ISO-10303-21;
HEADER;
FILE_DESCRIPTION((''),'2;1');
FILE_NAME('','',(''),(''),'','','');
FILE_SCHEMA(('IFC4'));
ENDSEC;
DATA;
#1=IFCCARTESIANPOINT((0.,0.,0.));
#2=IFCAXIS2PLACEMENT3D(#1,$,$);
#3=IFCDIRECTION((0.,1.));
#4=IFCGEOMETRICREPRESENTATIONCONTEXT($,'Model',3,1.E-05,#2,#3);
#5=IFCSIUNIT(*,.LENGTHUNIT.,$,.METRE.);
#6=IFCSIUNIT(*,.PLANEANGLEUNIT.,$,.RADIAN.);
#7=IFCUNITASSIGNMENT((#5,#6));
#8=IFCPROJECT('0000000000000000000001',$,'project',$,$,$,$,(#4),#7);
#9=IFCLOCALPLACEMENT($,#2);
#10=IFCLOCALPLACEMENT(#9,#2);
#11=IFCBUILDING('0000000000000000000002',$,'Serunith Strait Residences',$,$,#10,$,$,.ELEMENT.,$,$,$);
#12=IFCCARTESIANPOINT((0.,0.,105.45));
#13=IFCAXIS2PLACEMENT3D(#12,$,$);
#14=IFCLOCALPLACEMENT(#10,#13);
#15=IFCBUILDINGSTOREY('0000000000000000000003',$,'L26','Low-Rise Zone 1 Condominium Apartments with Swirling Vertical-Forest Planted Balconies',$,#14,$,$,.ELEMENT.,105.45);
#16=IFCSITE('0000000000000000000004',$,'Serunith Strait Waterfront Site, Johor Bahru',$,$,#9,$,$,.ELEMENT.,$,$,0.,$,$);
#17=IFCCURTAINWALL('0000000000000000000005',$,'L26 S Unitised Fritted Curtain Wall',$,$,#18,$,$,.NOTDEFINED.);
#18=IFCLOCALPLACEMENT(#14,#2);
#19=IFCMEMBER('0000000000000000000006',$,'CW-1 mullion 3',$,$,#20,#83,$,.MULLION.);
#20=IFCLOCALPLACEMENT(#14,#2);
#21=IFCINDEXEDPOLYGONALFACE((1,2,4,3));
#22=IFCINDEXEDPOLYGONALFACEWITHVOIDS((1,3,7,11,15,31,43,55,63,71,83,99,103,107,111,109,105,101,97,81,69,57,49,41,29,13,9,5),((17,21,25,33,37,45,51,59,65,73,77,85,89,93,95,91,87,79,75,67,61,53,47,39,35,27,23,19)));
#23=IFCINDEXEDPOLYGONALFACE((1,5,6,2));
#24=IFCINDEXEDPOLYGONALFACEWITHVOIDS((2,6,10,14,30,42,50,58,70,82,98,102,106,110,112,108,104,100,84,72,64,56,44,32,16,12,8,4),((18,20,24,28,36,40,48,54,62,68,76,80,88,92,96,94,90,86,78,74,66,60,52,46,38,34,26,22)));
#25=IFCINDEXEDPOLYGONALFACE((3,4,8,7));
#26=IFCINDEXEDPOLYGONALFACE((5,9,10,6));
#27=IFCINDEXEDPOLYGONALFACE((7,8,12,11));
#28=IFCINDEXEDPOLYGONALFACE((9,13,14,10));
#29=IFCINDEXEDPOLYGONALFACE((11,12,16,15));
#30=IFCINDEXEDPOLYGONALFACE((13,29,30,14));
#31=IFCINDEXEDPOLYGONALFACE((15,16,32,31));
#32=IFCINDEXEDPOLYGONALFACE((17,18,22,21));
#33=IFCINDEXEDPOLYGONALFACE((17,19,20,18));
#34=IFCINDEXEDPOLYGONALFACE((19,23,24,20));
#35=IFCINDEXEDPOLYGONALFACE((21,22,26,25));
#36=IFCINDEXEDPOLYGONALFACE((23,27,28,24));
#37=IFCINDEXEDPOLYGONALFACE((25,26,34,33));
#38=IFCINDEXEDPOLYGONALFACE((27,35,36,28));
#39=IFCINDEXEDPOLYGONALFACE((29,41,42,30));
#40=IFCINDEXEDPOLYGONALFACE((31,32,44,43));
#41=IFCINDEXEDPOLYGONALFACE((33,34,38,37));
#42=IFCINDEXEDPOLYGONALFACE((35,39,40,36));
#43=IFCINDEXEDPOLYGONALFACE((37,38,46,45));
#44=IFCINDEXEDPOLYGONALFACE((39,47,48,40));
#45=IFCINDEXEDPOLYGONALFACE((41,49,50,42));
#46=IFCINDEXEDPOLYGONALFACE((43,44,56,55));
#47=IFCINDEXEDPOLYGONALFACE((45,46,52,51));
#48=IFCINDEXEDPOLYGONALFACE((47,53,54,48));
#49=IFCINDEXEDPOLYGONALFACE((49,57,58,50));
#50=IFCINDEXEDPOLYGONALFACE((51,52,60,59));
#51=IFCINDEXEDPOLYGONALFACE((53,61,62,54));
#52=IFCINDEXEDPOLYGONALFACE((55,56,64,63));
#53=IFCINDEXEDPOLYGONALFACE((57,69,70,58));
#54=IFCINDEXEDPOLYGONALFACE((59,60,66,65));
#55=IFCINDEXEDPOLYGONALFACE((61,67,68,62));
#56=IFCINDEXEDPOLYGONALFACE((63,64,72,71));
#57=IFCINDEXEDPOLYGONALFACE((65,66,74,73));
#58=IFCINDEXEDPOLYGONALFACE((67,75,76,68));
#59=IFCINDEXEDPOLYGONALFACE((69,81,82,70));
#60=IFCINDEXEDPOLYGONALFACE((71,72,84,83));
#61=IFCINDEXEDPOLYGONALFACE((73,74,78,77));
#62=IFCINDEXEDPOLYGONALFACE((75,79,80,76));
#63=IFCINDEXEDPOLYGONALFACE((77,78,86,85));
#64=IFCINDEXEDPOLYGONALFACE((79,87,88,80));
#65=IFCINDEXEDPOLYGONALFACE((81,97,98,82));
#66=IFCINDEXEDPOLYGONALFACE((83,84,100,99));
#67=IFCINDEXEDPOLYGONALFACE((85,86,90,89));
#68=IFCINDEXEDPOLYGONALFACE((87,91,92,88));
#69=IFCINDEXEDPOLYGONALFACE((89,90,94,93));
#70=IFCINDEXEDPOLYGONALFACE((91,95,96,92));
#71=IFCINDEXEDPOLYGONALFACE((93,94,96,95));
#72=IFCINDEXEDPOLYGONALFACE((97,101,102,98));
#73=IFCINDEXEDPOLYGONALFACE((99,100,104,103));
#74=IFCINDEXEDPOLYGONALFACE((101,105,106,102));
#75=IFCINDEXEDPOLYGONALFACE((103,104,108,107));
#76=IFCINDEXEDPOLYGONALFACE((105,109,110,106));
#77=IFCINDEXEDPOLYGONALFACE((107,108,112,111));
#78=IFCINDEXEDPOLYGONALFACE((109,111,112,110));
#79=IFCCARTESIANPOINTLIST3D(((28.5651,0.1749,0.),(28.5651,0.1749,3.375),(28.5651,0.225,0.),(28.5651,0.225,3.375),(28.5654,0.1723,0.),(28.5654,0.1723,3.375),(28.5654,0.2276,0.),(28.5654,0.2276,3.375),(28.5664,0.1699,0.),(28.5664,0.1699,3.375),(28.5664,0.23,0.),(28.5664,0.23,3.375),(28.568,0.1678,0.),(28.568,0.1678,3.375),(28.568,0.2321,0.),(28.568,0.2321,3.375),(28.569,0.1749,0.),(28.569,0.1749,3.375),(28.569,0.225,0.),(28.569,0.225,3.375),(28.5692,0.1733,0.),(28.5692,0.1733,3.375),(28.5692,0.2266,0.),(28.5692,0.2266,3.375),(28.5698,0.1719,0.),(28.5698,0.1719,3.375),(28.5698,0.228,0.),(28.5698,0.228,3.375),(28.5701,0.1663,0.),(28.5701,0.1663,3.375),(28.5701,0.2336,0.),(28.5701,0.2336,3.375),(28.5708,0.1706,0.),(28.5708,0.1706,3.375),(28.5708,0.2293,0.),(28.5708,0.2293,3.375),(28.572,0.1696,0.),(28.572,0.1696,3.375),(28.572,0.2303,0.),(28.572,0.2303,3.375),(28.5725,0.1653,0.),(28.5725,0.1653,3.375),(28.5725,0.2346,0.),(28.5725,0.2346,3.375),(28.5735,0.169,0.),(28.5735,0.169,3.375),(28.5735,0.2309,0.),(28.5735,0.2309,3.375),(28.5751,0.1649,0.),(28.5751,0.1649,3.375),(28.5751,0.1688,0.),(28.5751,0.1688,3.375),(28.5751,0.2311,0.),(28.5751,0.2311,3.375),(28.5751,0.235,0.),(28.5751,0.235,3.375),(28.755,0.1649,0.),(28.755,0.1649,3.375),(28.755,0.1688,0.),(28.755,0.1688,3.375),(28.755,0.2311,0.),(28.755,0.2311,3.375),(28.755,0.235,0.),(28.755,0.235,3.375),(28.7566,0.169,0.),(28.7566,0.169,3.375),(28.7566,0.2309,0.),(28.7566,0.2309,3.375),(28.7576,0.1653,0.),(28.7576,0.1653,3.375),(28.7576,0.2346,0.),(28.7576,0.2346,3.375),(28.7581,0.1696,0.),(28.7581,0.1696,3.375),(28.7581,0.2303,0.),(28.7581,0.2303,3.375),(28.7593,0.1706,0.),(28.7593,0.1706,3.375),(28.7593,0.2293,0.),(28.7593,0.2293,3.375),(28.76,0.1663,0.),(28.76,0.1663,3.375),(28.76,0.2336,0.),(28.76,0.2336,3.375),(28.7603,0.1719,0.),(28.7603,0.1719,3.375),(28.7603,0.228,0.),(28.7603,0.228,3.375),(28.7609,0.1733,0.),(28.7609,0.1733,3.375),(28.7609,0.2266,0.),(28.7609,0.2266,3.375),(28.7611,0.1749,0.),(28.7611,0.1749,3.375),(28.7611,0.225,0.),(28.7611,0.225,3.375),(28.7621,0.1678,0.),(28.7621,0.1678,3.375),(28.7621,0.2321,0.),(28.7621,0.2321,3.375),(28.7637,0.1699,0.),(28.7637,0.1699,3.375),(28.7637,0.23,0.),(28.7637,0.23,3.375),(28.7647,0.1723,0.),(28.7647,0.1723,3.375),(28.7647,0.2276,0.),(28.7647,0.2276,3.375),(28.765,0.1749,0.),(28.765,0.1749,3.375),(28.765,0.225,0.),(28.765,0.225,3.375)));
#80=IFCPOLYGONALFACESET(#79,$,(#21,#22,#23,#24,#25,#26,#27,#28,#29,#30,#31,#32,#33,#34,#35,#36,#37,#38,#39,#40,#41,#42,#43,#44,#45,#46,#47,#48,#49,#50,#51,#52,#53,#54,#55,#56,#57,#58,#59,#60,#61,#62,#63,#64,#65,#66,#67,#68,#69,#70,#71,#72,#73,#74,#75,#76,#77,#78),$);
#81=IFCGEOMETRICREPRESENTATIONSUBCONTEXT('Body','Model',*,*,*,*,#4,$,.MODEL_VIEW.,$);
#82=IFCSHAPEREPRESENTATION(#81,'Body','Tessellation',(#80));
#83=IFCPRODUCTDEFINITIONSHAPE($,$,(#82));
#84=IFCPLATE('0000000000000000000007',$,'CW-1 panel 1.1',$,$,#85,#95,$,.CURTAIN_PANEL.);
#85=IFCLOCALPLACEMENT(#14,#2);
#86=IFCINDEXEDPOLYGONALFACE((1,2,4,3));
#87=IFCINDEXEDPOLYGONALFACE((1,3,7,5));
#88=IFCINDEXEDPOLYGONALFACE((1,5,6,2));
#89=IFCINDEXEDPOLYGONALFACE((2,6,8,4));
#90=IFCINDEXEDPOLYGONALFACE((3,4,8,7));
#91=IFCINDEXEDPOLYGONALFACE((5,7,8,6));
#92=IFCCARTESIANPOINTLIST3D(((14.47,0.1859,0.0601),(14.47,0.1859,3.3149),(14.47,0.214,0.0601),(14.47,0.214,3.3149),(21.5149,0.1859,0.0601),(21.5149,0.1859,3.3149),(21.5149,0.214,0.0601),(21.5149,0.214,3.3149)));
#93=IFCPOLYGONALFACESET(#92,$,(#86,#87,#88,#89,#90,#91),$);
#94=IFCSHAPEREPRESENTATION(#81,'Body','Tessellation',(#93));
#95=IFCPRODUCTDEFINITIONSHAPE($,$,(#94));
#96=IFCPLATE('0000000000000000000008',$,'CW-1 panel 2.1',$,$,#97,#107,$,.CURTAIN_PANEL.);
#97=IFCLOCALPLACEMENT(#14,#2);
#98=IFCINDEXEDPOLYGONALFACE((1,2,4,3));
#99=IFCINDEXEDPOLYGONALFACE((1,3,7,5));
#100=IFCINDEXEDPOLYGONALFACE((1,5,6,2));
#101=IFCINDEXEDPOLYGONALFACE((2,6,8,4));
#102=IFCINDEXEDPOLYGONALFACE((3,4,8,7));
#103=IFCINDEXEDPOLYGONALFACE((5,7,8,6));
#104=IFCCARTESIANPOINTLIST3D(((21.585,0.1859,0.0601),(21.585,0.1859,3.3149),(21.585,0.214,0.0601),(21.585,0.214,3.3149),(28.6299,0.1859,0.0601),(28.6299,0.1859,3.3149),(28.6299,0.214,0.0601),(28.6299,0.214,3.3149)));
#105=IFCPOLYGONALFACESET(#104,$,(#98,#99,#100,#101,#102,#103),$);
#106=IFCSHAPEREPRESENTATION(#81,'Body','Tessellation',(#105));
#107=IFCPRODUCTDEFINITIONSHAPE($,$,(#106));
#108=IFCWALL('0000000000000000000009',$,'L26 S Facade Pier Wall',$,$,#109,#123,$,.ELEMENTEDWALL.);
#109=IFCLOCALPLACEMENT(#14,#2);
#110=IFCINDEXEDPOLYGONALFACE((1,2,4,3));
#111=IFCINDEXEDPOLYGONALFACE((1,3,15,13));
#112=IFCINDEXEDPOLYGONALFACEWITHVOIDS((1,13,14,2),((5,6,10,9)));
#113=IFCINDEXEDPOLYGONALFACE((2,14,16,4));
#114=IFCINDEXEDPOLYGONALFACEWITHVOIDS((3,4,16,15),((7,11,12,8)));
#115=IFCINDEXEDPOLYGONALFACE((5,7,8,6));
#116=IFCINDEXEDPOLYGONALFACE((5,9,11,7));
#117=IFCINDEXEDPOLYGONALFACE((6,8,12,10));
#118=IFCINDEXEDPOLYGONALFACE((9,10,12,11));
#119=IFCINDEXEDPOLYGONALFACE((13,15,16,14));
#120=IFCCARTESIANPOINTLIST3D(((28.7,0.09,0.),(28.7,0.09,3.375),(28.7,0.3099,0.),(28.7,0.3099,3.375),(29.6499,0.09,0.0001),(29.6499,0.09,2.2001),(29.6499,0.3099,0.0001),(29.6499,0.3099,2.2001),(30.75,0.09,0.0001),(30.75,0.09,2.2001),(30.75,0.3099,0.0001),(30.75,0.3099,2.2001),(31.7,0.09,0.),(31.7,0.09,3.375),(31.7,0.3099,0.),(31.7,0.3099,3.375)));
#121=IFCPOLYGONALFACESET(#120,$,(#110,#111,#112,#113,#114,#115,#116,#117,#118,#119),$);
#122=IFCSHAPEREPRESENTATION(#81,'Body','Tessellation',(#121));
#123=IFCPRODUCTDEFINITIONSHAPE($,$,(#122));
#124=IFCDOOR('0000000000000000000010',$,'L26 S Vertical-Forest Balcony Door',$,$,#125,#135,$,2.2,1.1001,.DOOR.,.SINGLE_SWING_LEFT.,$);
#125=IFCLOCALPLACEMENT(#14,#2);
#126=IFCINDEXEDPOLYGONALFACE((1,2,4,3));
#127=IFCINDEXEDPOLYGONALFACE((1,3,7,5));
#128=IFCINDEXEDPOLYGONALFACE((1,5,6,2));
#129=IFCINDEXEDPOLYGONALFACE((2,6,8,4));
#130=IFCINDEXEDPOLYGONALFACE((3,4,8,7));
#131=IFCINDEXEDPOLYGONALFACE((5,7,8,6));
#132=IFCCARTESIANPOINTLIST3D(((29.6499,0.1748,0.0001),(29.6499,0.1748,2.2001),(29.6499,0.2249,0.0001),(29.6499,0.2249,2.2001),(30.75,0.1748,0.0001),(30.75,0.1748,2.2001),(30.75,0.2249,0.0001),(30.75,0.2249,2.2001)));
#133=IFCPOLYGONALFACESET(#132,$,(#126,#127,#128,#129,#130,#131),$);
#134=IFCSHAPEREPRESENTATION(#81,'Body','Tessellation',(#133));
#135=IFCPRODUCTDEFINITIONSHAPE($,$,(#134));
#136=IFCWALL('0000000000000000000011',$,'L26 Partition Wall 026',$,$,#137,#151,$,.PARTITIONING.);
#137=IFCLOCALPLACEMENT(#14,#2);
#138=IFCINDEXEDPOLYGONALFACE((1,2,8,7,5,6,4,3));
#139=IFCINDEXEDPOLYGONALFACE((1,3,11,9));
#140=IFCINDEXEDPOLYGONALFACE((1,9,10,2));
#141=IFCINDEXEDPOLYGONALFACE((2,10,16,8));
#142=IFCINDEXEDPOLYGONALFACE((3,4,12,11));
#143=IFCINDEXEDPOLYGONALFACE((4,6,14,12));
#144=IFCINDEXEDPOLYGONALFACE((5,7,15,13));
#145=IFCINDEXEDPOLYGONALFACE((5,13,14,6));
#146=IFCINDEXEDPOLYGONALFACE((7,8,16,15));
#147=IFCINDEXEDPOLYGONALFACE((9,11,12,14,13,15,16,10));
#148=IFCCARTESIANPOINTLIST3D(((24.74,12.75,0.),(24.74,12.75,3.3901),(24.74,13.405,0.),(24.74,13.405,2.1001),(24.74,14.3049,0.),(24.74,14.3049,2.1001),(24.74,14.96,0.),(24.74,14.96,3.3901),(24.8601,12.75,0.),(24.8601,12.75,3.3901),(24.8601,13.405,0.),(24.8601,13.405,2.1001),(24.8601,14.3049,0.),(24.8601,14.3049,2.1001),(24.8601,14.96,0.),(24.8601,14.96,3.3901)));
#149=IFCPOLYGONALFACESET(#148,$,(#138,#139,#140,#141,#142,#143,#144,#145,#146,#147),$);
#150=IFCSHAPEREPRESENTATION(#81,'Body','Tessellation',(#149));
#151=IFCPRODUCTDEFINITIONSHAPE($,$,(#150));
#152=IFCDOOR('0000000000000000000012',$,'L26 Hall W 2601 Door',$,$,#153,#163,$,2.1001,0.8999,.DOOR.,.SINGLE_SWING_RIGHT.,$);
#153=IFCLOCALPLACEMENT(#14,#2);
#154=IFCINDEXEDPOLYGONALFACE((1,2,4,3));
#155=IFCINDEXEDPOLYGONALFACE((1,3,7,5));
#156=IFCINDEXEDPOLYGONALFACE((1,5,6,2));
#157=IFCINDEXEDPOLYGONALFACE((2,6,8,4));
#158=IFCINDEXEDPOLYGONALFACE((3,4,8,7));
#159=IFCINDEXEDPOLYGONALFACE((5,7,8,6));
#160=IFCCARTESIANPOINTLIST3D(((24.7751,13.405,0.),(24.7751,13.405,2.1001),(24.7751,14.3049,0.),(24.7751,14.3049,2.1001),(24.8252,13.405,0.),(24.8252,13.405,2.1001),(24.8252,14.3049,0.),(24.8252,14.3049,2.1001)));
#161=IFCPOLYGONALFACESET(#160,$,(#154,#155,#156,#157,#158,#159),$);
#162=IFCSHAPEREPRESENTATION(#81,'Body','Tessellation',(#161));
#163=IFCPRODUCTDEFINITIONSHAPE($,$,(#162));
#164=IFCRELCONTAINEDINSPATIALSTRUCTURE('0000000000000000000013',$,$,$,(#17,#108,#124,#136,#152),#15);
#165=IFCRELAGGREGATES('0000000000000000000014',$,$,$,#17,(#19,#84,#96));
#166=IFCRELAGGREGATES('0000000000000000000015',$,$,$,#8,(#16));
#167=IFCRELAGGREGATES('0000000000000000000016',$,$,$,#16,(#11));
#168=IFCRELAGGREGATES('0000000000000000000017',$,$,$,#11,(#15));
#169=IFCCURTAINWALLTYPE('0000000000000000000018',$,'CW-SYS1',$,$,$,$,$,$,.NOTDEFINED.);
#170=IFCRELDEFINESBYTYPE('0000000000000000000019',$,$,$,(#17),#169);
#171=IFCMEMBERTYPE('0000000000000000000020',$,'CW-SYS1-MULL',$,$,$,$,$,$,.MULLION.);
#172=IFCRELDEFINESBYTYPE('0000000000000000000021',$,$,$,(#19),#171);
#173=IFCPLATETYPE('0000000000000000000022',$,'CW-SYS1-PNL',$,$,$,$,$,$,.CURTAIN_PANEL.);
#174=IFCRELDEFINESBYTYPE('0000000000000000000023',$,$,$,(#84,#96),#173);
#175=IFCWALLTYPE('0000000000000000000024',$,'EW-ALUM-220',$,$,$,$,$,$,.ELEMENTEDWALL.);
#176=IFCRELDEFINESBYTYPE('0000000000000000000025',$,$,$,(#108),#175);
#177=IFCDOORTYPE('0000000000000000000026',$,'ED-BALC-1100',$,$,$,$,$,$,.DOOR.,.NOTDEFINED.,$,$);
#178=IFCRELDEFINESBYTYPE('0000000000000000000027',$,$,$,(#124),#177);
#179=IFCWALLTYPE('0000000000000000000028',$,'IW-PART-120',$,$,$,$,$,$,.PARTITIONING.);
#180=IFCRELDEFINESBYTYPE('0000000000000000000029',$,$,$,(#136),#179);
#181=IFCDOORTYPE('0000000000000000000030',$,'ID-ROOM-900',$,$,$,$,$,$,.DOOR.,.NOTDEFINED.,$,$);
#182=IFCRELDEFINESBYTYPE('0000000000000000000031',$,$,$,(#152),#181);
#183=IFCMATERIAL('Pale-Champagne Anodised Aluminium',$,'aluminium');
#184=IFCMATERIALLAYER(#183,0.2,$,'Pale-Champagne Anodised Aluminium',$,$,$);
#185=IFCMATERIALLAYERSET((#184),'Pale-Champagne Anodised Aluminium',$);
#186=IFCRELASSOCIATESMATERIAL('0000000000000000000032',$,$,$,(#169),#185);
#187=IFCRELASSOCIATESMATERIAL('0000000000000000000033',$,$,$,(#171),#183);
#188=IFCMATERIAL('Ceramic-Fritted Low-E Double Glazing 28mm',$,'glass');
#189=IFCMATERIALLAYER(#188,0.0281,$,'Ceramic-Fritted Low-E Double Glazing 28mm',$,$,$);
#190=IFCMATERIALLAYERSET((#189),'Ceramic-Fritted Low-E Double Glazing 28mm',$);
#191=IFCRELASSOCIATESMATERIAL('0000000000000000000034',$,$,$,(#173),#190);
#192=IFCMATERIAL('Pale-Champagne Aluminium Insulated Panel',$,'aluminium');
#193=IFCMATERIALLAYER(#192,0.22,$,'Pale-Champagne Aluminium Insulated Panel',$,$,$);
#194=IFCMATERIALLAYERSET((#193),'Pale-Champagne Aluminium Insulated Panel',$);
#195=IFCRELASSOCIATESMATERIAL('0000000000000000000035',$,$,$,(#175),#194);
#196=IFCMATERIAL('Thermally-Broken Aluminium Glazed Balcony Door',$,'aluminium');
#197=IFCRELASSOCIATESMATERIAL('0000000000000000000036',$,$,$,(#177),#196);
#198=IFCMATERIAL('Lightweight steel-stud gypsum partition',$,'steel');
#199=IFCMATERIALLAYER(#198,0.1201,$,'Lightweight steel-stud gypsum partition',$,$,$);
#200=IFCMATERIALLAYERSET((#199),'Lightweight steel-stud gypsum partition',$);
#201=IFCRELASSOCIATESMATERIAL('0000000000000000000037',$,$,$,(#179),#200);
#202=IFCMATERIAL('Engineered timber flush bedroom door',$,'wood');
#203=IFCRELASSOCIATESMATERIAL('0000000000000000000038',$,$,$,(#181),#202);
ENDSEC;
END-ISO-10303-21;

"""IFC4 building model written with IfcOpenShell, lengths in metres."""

from ifc_helpers import new_model, si_unit, direction, frame, frame_2d, origin, origin_2d, place, context, subcontext, project, spatial, rectangle, hollow_rectangle, extrude, source, transform, mapped, material, layer, layer_set, material_profile, profile_set, type_object, element, fill, aggregate, save


model = new_model("IFC4")

# Units and contexts
model_context = context("Model", 3, precision=1e-05, world=origin(), true_north=direction((0.0, 1.0)))
body_context = subcontext(model_context, "Body", "Model", "MODEL_VIEW")
ifc_project = project(units=[si_unit("LENGTHUNIT", "METRE"), si_unit("PLANEANGLEUNIT", "RADIAN")], contexts=[model_context])

# Site, building, storey
site_placement = place(None, origin())
site = spatial("IfcSite", under=ifc_project, at=site_placement, Name="Serunith Strait Waterfront Site, Johor Bahru", CompositionType="ELEMENT", RefElevation=0.0)
building_placement = place(site_placement, origin())
building = spatial("IfcBuilding", under=site, at=building_placement, Name="Serunith Strait Residences", CompositionType="ELEMENT")
storey_placement = place(building_placement, frame((0.0, 0.0, 105.45)))
storey = spatial("IfcBuildingStorey", under=building, at=storey_placement, Name="L26", Description="Low-Rise Zone 1 Condominium Apartments with Swirling Vertical-Forest Planted Balconies", CompositionType="ELEMENT", Elevation=105.45)

# Curtain wall, member, plates
ifc_material_1 = material(Name="Pale-Champagne Anodised Aluminium", Category="aluminium")
ifc_layer_1 = layer(ifc_material_1, 0.2, Name="Pale-Champagne Anodised Aluminium")
ifc_layer_set_1 = layer_set([ifc_layer_1], Name="Pale-Champagne Anodised Aluminium")
curtain_wall_type = type_object("IfcCurtainWallType", Name="CW-SYS1", PredefinedType="NOTDEFINED", material=ifc_layer_set_1)
curtain_wall_placement = place(storey_placement, origin())
curtain_wall = element("IfcCurtainWall", 1, at=curtain_wall_placement, inside=storey, type_object=curtain_wall_type, Name="L26 S Unitised Fritted Curtain Wall", PredefinedType="NOTDEFINED")
ifc_material_profile_1 = material_profile(ifc_material_1, hollow_rectangle(XDim=0.0701, YDim=0.2, WallThickness=0.0039, InnerFilletRadius=0.0061, OuterFilletRadius=0.01, at=origin_2d()), Name="ALU 200x70x4")
ifc_profile_set_1 = profile_set([ifc_material_profile_1], Name="Pale-Champagne Anodised Aluminium")
member_type_1 = type_object("IfcMemberType", Name="CW-SYS1-MULL", PredefinedType="MULLION", material=ifc_profile_set_1)
shared_shape_1 = source(origin(), body_context, "Body", "SweptSolid", [
    extrude(hollow_rectangle(XDim=0.0701, YDim=0.2, WallThickness=0.0039, InnerFilletRadius=0.0061, OuterFilletRadius=0.01, at=origin_2d()), origin(), (0.0, 0.0, 1.0), 3.375),
])
member_1_placement = place(storey_placement, frame((28.665, 0.2, 0.0), z_axis=(0.0, 0.0, 1.0), x_axis=(0.0, 1.0, 0.0)))
member_1 = element("IfcMember", 2, at=member_1_placement, type_object=member_type_1, Name="CW-1 mullion 3", PredefinedType="MULLION", context=body_context, shape_type="MappedRepresentation", body=[
    mapped(shared_shape_1, transform((0.0, 0.0, 0.0), scale=1.0)),
])
ifc_material_2 = material(Name="Ceramic-Fritted Low-E Double Glazing 28mm", Category="glass")
ifc_layer_2 = layer(ifc_material_2, 0.0281, Name="Ceramic-Fritted Low-E Double Glazing 28mm")
ifc_layer_set_2 = layer_set([ifc_layer_2], Name="Ceramic-Fritted Low-E Double Glazing 28mm")
plate_type = type_object("IfcPlateType", Name="CW-SYS1-PNL", PredefinedType="CURTAIN_PANEL", material=ifc_layer_set_2)
shared_shape_2 = source(origin(), body_context, "Body", "SweptSolid", [
    extrude(rectangle(XDim=7.0449, YDim=0.0281, at=origin_2d()), origin(), (0.0, 0.0, 1.0), 3.2549),
])
plate_1_placement = place(storey_placement, frame((17.9924, 0.2, 0.0601), z_axis=(0.0, 0.0, 1.0), x_axis=(1.0, 0.0, 0.0)))
plate_1 = element("IfcPlate", 3, at=plate_1_placement, type_object=plate_type, Name="CW-1 panel 1.1", PredefinedType="CURTAIN_PANEL", context=body_context, shape_type="MappedRepresentation", body=[
    mapped(shared_shape_2, transform((0.0, 0.0, 0.0), scale=1.0)),
])
plate_2_placement = place(storey_placement, frame((25.1074, 0.2, 0.0601), z_axis=(0.0, 0.0, 1.0), x_axis=(1.0, 0.0, 0.0)))
plate_2 = element("IfcPlate", 4, at=plate_2_placement, type_object=plate_type, Name="CW-1 panel 2.1", PredefinedType="CURTAIN_PANEL", context=body_context, shape_type="MappedRepresentation", body=[
    mapped(shared_shape_2, transform((0.0, 0.0, 0.0), scale=1.0)),
])
aggregate(curtain_wall, [member_1, plate_1, plate_2])

# Walls, openings, doors
ifc_material_3 = material(Name="Pale-Champagne Aluminium Insulated Panel", Category="aluminium")
ifc_layer_3 = layer(ifc_material_3, 0.22, Name="Pale-Champagne Aluminium Insulated Panel")
ifc_layer_set_3 = layer_set([ifc_layer_3], Name="Pale-Champagne Aluminium Insulated Panel")
wall_type_1 = type_object("IfcWallType", Name="EW-ALUM-220", PredefinedType="ELEMENTEDWALL", material=ifc_layer_set_3)
wall_1_placement = place(storey_placement, frame((28.7, 0.2, 0.0), z_axis=(0.0, 0.0, 1.0), x_axis=(1.0, 0.0, 0.0)))
wall_1 = element("IfcWall", 5, at=wall_1_placement, inside=storey, type_object=wall_type_1, Name="L26 S Facade Pier Wall", PredefinedType="ELEMENTEDWALL", context=body_context, shape_type="SweptSolid", body=[
    extrude(rectangle(XDim=3.0, YDim=0.22, at=frame_2d((1.5, 0.0))), origin(), (0.0, 0.0, 1.0), 3.375),
])
opening_1_placement = place(wall_1_placement, frame((0.95, 0.0, 0.0)))
opening_1 = element("IfcOpeningElement", 6, at=opening_1_placement, cuts=wall_1, PredefinedType="OPENING", context=body_context, shape_type="SweptSolid", body=[
    extrude(rectangle(XDim=1.1001, YDim=2.2, at=frame_2d((0.55, 1.1001))), frame((0.0, 0.1201, 0.0), z_axis=(0.0, -1.0, 0.0), x_axis=(1.0, 0.0, 0.0)), (0.0, 0.0, 1.0), 0.24),
])
ifc_material_4 = material(Name="Thermally-Broken Aluminium Glazed Balcony Door", Category="aluminium")
door_type_1 = type_object("IfcDoorType", Name="ED-BALC-1100", OperationType="NOTDEFINED", PredefinedType="DOOR", material=ifc_material_4)
shared_shape_3 = source(origin(), body_context, "Body", "SweptSolid", [
    extrude(rectangle(XDim=1.1001, YDim=2.2, at=frame_2d((0.55, 1.1001))), frame((0.0, 0.0249, 0.0), z_axis=(0.0, -1.0, 0.0), x_axis=(1.0, 0.0, 0.0)), (0.0, 0.0, 1.0), 0.05),
])
door_1_placement = place(opening_1_placement, origin())
door_1 = element("IfcDoor", 7, at=door_1_placement, inside=storey, type_object=door_type_1, Name="L26 S Vertical-Forest Balcony Door", OperationType="SINGLE_SWING_LEFT", OverallHeight=2.2, OverallWidth=1.1001, PredefinedType="DOOR", context=body_context, shape_type="MappedRepresentation", body=[
    mapped(shared_shape_3, transform((0.0, 0.0, 0.0), scale=1.0)),
])
fill(opening_1, door_1)
ifc_material_5 = material(Name="Lightweight steel-stud gypsum partition", Category="steel")
ifc_layer_4 = layer(ifc_material_5, 0.1201, Name="Lightweight steel-stud gypsum partition")
ifc_layer_set_4 = layer_set([ifc_layer_4], Name="Lightweight steel-stud gypsum partition")
wall_type_2 = type_object("IfcWallType", Name="IW-PART-120", PredefinedType="PARTITIONING", material=ifc_layer_set_4)
wall_2_placement = place(storey_placement, frame((24.8, 12.75, 0.0), z_axis=(0.0, 0.0, 1.0), x_axis=(0.0, 1.0, 0.0)))
wall_2 = element("IfcWall", 8, at=wall_2_placement, inside=storey, type_object=wall_type_2, Name="L26 Partition Wall 026", PredefinedType="PARTITIONING", context=body_context, shape_type="SweptSolid", body=[
    extrude(rectangle(XDim=2.21, YDim=0.1201, at=frame_2d((1.105, 0.0))), origin(), (0.0, 0.0, 1.0), 3.3901),
])
opening_2_placement = place(wall_2_placement, frame((0.655, 0.0, 0.0)))
opening_2 = element("IfcOpeningElement", 9, at=opening_2_placement, cuts=wall_2, PredefinedType="OPENING", context=body_context, shape_type="SweptSolid", body=[
    extrude(rectangle(XDim=0.8999, YDim=2.1001, at=frame_2d((0.45, 1.05))), frame((0.0, 0.0701, 0.0), z_axis=(0.0, -1.0, 0.0), x_axis=(1.0, 0.0, 0.0)), (0.0, 0.0, 1.0), 0.1401),
])
ifc_material_6 = material(Name="Engineered timber flush bedroom door", Category="wood")
door_type_2 = type_object("IfcDoorType", Name="ID-ROOM-900", OperationType="NOTDEFINED", PredefinedType="DOOR", material=ifc_material_6)
shared_shape_4 = source(origin(), body_context, "Body", "SweptSolid", [
    extrude(rectangle(XDim=0.8999, YDim=2.1001, at=frame_2d((0.45, 1.05))), frame((0.0, 0.0249, 0.0), z_axis=(0.0, -1.0, 0.0), x_axis=(1.0, 0.0, 0.0)), (0.0, 0.0, 1.0), 0.05),
])
door_2_placement = place(opening_2_placement, origin())
door_2 = element("IfcDoor", 10, at=door_2_placement, inside=storey, type_object=door_type_2, Name="L26 Hall W 2601 Door", OperationType="SINGLE_SWING_RIGHT", OverallHeight=2.1001, OverallWidth=0.8999, PredefinedType="DOOR", context=body_context, shape_type="MappedRepresentation", body=[
    mapped(shared_shape_4, transform((0.0, 0.0, 0.0), scale=1.0)),
])
fill(opening_2, door_2)

save(model, "model.ifc")
